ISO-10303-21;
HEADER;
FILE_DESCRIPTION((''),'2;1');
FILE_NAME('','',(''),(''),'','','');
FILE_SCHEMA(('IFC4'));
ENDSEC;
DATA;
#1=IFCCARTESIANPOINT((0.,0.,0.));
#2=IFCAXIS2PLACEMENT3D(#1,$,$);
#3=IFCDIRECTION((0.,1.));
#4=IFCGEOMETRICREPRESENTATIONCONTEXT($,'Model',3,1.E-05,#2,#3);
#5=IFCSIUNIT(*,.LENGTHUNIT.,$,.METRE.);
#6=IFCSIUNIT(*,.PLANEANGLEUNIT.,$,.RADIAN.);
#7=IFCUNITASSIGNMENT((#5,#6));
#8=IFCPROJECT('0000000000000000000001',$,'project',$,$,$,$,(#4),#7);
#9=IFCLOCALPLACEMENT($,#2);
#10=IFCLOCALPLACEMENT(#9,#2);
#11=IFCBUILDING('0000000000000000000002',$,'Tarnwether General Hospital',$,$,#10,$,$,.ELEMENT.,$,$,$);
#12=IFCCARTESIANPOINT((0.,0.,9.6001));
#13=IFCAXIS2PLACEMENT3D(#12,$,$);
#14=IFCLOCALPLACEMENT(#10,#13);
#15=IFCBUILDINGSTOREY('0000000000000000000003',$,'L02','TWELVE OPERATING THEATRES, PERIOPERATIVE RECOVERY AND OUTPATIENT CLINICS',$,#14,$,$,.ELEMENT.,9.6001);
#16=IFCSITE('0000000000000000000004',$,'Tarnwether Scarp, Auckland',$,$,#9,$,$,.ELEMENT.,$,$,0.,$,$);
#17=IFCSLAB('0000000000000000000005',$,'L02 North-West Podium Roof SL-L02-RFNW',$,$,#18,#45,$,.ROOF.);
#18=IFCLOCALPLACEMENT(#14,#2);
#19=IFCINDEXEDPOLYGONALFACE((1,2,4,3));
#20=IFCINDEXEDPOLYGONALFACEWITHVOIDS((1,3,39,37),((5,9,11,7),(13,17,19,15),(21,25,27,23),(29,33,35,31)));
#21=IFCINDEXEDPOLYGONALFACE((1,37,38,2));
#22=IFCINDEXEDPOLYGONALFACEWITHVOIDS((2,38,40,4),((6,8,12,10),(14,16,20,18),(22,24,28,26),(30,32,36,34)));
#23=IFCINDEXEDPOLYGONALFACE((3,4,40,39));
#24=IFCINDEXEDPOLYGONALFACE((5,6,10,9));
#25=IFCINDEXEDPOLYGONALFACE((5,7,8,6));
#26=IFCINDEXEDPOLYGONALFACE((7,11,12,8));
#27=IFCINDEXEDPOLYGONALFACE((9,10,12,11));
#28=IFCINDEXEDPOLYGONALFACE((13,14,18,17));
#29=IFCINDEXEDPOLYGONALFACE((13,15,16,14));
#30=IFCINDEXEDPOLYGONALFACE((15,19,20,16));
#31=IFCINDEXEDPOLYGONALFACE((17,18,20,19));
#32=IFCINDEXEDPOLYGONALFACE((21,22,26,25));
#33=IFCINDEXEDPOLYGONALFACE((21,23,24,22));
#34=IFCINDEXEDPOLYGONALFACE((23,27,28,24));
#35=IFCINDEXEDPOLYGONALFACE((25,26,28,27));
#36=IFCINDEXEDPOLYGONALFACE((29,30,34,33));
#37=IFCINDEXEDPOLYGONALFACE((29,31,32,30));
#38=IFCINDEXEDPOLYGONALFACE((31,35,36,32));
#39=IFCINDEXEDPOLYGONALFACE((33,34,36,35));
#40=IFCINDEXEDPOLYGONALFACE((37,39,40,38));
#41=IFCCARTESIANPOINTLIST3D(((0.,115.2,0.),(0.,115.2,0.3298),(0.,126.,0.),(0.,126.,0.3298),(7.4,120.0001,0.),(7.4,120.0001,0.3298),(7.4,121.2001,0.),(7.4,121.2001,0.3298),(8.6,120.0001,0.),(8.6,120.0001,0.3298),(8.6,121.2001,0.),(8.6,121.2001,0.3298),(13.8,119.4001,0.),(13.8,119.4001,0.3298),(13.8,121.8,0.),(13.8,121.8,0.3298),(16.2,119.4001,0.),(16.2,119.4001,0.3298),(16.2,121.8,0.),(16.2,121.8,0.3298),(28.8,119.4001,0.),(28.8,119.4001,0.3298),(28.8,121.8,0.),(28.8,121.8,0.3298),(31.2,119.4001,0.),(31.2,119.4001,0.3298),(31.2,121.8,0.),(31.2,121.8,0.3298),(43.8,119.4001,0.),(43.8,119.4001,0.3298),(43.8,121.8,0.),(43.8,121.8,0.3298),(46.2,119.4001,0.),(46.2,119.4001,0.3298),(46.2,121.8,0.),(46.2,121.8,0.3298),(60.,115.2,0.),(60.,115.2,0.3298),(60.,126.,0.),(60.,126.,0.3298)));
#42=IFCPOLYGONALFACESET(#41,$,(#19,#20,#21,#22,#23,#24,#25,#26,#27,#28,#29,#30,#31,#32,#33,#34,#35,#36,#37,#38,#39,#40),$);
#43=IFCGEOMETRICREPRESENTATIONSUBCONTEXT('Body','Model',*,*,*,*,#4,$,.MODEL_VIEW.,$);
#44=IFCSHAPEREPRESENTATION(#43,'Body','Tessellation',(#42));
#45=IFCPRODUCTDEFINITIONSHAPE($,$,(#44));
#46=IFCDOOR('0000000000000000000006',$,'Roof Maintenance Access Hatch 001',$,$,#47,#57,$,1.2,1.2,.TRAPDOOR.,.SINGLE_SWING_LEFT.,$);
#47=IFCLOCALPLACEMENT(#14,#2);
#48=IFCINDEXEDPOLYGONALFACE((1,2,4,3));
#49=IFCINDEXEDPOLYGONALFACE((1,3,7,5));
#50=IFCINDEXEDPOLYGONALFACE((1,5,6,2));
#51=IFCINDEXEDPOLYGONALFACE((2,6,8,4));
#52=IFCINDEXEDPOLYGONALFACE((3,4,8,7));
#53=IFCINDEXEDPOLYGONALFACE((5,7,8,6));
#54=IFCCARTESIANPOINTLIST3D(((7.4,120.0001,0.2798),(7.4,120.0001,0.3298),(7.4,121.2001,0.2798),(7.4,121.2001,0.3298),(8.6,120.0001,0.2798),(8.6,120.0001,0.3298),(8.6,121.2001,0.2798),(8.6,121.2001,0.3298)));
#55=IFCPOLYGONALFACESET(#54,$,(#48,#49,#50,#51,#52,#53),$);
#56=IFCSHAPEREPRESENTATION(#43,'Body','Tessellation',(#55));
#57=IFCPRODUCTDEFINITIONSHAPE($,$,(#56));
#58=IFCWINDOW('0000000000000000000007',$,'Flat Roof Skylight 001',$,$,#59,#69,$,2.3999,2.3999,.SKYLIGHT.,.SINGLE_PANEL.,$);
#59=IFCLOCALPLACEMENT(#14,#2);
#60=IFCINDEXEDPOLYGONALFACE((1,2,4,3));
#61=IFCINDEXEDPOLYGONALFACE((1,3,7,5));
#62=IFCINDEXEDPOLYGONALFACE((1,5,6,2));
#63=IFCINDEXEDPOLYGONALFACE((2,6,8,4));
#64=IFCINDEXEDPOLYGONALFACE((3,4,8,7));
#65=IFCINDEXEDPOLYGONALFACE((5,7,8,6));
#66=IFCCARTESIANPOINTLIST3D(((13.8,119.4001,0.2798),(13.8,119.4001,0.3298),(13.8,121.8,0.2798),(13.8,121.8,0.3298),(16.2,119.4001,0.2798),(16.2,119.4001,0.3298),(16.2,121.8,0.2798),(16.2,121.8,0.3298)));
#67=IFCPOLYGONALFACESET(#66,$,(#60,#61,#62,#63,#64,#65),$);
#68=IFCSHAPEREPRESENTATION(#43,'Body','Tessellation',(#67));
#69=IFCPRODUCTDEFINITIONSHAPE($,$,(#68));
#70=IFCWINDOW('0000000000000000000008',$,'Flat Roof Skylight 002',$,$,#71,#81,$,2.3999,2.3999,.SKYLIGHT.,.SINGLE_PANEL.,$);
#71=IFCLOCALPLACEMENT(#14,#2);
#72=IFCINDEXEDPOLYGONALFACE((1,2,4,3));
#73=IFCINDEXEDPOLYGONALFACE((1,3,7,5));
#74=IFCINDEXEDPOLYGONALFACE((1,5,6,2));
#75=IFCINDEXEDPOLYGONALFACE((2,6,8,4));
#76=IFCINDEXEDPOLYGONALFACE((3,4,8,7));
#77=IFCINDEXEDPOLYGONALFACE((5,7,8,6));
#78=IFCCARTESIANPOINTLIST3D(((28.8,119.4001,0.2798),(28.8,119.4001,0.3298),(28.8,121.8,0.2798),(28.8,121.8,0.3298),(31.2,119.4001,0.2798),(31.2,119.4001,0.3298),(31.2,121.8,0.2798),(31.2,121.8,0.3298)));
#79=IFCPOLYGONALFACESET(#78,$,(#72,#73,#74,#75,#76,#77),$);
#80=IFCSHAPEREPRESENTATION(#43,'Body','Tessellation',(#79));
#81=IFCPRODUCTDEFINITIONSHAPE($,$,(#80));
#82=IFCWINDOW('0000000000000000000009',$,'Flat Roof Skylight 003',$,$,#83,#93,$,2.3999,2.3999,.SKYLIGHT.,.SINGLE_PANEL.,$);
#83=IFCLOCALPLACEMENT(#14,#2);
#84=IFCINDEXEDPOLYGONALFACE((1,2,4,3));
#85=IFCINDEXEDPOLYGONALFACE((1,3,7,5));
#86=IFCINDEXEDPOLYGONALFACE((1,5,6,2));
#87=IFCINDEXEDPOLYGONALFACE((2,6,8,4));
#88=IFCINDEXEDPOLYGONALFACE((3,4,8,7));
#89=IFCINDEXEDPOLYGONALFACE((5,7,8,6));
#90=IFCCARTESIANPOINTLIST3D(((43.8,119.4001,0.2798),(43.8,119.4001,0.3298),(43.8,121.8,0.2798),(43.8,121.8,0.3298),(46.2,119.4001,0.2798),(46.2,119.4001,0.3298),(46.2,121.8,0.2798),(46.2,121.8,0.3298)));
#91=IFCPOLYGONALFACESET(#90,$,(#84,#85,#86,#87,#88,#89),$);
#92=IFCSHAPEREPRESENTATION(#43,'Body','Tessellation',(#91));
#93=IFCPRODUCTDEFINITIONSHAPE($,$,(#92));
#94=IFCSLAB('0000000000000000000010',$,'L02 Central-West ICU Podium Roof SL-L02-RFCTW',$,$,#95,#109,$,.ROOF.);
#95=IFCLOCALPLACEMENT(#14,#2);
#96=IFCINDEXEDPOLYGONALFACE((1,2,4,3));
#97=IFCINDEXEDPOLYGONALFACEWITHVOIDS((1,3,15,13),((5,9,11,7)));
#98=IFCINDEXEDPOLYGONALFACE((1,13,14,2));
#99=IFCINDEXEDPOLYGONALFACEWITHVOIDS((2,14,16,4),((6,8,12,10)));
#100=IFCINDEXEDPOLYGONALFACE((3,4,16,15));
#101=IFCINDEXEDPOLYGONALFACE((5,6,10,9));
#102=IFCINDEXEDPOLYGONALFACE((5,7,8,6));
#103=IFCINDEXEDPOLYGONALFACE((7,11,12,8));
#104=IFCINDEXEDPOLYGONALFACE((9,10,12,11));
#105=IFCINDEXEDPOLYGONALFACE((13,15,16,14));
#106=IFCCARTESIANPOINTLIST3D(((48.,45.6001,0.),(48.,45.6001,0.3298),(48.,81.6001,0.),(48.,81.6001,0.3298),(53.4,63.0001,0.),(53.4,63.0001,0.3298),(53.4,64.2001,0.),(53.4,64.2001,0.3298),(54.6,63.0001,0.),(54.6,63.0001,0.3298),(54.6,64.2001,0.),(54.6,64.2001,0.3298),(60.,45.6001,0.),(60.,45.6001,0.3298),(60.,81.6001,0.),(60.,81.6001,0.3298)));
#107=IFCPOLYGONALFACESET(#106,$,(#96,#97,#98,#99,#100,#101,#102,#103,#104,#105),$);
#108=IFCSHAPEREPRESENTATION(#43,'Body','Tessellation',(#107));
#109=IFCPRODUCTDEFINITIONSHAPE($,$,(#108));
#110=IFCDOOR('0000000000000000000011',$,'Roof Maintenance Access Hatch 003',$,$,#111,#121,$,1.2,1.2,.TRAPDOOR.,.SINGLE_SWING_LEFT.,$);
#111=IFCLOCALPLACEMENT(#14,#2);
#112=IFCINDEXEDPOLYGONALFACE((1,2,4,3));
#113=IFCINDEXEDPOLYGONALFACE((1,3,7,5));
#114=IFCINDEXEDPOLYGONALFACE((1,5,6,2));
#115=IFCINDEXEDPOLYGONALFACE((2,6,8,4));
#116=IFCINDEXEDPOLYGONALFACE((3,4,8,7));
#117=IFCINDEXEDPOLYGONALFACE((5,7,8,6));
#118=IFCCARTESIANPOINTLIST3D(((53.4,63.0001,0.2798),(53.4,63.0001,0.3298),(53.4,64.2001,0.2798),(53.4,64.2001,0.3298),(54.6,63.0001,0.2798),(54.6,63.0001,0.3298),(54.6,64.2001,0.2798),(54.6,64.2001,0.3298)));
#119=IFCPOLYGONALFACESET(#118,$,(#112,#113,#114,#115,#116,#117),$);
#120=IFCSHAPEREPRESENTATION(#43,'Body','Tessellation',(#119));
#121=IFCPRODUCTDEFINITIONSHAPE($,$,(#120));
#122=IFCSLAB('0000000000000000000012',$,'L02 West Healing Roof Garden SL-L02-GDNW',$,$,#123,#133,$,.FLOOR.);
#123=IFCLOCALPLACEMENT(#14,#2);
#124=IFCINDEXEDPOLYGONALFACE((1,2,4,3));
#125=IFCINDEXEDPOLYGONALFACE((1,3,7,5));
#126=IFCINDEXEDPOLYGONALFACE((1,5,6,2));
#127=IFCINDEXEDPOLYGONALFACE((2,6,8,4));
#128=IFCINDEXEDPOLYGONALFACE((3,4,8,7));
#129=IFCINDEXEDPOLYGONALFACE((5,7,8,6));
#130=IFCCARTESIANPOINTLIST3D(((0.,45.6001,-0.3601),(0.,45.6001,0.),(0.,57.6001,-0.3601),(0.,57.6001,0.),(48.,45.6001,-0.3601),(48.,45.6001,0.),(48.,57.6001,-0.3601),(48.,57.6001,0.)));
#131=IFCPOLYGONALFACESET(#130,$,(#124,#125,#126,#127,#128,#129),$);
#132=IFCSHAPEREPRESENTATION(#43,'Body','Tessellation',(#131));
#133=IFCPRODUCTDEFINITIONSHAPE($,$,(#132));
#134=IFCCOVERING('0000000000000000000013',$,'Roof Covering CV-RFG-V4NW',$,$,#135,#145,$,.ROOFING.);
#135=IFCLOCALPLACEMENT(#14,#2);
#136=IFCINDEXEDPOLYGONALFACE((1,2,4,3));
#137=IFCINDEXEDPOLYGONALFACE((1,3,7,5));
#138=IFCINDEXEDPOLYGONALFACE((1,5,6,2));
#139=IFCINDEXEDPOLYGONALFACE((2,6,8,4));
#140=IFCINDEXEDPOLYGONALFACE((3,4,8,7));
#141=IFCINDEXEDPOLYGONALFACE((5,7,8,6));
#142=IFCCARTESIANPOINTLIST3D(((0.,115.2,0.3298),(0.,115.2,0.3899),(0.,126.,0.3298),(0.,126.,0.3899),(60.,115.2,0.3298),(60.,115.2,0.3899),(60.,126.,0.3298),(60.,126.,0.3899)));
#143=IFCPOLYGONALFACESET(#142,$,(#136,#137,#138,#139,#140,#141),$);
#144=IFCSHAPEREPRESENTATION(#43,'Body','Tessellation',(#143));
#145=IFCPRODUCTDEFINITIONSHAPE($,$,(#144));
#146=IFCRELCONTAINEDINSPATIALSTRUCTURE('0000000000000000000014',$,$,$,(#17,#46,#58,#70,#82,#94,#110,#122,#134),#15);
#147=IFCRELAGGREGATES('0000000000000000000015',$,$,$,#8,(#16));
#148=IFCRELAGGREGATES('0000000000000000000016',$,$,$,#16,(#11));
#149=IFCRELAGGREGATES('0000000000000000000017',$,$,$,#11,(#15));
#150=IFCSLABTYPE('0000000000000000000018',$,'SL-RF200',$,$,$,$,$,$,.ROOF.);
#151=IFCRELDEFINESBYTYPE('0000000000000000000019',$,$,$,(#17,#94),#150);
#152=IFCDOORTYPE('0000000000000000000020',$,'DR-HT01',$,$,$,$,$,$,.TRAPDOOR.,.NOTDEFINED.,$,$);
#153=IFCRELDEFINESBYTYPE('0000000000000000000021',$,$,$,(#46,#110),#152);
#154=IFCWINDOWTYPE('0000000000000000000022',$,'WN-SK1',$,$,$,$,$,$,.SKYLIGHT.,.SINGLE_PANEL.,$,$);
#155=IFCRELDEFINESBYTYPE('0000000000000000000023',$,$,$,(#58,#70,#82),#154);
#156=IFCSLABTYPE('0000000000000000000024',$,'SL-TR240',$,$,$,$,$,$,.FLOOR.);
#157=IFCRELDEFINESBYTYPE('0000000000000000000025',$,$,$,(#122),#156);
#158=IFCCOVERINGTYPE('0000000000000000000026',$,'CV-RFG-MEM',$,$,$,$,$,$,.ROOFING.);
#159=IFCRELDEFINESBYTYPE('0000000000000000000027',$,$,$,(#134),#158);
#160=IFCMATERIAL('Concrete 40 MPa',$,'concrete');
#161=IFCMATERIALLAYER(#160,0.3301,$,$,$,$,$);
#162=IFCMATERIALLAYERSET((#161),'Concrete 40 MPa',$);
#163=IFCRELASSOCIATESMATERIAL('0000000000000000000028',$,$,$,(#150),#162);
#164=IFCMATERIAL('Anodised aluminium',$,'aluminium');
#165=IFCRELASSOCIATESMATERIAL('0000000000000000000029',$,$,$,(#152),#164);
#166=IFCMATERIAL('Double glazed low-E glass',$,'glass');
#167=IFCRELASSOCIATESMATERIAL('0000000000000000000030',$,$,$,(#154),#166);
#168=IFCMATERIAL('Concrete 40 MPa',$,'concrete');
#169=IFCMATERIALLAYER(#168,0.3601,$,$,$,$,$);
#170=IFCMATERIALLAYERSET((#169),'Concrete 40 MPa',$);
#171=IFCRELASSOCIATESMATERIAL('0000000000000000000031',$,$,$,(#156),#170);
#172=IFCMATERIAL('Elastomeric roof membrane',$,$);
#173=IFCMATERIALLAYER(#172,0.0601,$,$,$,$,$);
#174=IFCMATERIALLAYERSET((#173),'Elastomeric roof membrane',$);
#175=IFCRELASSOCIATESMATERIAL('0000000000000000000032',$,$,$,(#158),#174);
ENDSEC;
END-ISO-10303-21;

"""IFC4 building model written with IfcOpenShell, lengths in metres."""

from ifc_helpers import new_model, si_unit, direction, frame, origin, origin_2d, place, context, subcontext, project, spatial, polyline, rectangle, outline, extrude, material, layer, layer_set, type_object, element, fill, save


model = new_model("IFC4")

# Units and contexts
model_context = context("Model", 3, precision=1e-05, world=origin(), true_north=direction((0.0, 1.0)))
body_context = subcontext(model_context, "Body", "Model", "MODEL_VIEW")
ifc_project = project(units=[si_unit("LENGTHUNIT", "METRE"), si_unit("PLANEANGLEUNIT", "RADIAN")], contexts=[model_context])

# Site, building, storey
site_placement = place(None, origin())
site = spatial("IfcSite", under=ifc_project, at=site_placement, Name="Tarnwether Scarp, Auckland", CompositionType="ELEMENT", RefElevation=0.0)
building_placement = place(site_placement, origin())
building = spatial("IfcBuilding", under=site, at=building_placement, Name="Tarnwether General Hospital", CompositionType="ELEMENT")
storey_placement = place(building_placement, frame((0.0, 0.0, 9.6001)))
storey = spatial("IfcBuildingStorey", under=building, at=storey_placement, Name="L02", Description="TWELVE OPERATING THEATRES, PERIOPERATIVE RECOVERY AND OUTPATIENT CLINICS", CompositionType="ELEMENT", Elevation=9.6001)

# Slab, openings, door, windows
ifc_material_1 = material(Name="Concrete 40 MPa", Category="concrete")
ifc_layer_1 = layer(ifc_material_1, 0.3301)
ifc_layer_set_1 = layer_set([ifc_layer_1], Name="Concrete 40 MPa")
slab_type_1 = type_object("IfcSlabType", Name="SL-RF200", PredefinedType="ROOF", material=ifc_layer_set_1)
slab_1_placement = place(storey_placement, origin())
slab_1 = element("IfcSlab", 1, at=slab_1_placement, inside=storey, type_object=slab_type_1, Name="L02 North-West Podium Roof SL-L02-RFNW", PredefinedType="ROOF", context=body_context, shape_type="SweptSolid", body=[
    extrude(outline(polyline([(60.0, 115.2), (60.0, 126.0), (0.0, 126.0), (0.0, 115.2), (60.0, 115.2)])), origin(), (0.0, 0.0, 1.0), 0.3298),
])
opening_1_placement = place(slab_1_placement, frame((15.0, 120.6001, 0.0)))
opening_1 = element("IfcOpeningElement", 2, at=opening_1_placement, cuts=slab_1, PredefinedType="OPENING", context=body_context, shape_type="SweptSolid", body=[
    extrude(rectangle(XDim=2.3999, YDim=2.3999, at=origin_2d()), origin(), (0.0, 0.0, 1.0), 0.3298),
])
opening_2_placement = place(slab_1_placement, frame((30.0, 120.6001, 0.0)))
opening_2 = element("IfcOpeningElement", 3, at=opening_2_placement, cuts=slab_1, PredefinedType="OPENING", context=body_context, shape_type="SweptSolid", body=[
    extrude(rectangle(XDim=2.3999, YDim=2.3999, at=origin_2d()), origin(), (0.0, 0.0, 1.0), 0.3298),
])
opening_3_placement = place(slab_1_placement, frame((45.0, 120.6001, 0.0)))
opening_3 = element("IfcOpeningElement", 4, at=opening_3_placement, cuts=slab_1, PredefinedType="OPENING", context=body_context, shape_type="SweptSolid", body=[
    extrude(rectangle(XDim=2.3999, YDim=2.3999, at=origin_2d()), origin(), (0.0, 0.0, 1.0), 0.3298),
])
opening_4_placement = place(slab_1_placement, frame((8.0, 120.6001, 0.0)))
opening_4 = element("IfcOpeningElement", 5, at=opening_4_placement, cuts=slab_1, PredefinedType="OPENING", context=body_context, shape_type="SweptSolid", body=[
    extrude(rectangle(XDim=1.2, YDim=1.2, at=origin_2d()), origin(), (0.0, 0.0, 1.0), 0.3298),
])
ifc_material_2 = material(Name="Anodised aluminium", Category="aluminium")
door_type = type_object("IfcDoorType", Name="DR-HT01", OperationType="NOTDEFINED", PredefinedType="TRAPDOOR", material=ifc_material_2)
door_1_placement = place(opening_4_placement, frame((0.0, 0.0, 0.2798)))
door_1 = element("IfcDoor", 6, at=door_1_placement, inside=storey, type_object=door_type, Name="Roof Maintenance Access Hatch 001", OperationType="SINGLE_SWING_LEFT", OverallHeight=1.2, OverallWidth=1.2, PredefinedType="TRAPDOOR", context=body_context, shape_type="SweptSolid", body=[
    extrude(rectangle(XDim=1.2, YDim=1.2, at=origin_2d()), origin(), (0.0, 0.0, 1.0), 0.05),
])
fill(opening_4, door_1)
ifc_material_3 = material(Name="Double glazed low-E glass", Category="glass")
window_type = type_object("IfcWindowType", Name="WN-SK1", PartitioningType="SINGLE_PANEL", PredefinedType="SKYLIGHT", material=ifc_material_3)
window_1_placement = place(opening_1_placement, frame((0.0, 0.0, 0.2798)))
window_1 = element("IfcWindow", 7, at=window_1_placement, inside=storey, type_object=window_type, Name="Flat Roof Skylight 001", OverallHeight=2.3999, OverallWidth=2.3999, PartitioningType="SINGLE_PANEL", PredefinedType="SKYLIGHT", context=body_context, shape_type="SweptSolid", body=[
    extrude(rectangle(XDim=2.3999, YDim=2.3999, at=origin_2d()), origin(), (0.0, 0.0, 1.0), 0.05),
])
fill(opening_1, window_1)
window_2_placement = place(opening_2_placement, frame((0.0, 0.0, 0.2798)))
window_2 = element("IfcWindow", 8, at=window_2_placement, inside=storey, type_object=window_type, Name="Flat Roof Skylight 002", OverallHeight=2.3999, OverallWidth=2.3999, PartitioningType="SINGLE_PANEL", PredefinedType="SKYLIGHT", context=body_context, shape_type="SweptSolid", body=[
    extrude(rectangle(XDim=2.3999, YDim=2.3999, at=origin_2d()), origin(), (0.0, 0.0, 1.0), 0.05),
])
fill(opening_2, window_2)
window_3_placement = place(opening_3_placement, frame((0.0, 0.0, 0.2798)))
window_3 = element("IfcWindow", 9, at=window_3_placement, inside=storey, type_object=window_type, Name="Flat Roof Skylight 003", OverallHeight=2.3999, OverallWidth=2.3999, PartitioningType="SINGLE_PANEL", PredefinedType="SKYLIGHT", context=body_context, shape_type="SweptSolid", body=[
    extrude(rectangle(XDim=2.3999, YDim=2.3999, at=origin_2d()), origin(), (0.0, 0.0, 1.0), 0.05),
])
fill(opening_3, window_3)

# Slab, opening, door
slab_2_placement = place(storey_placement, origin())
slab_2 = element("IfcSlab", 10, at=slab_2_placement, inside=storey, type_object=slab_type_1, Name="L02 Central-West ICU Podium Roof SL-L02-RFCTW", PredefinedType="ROOF", context=body_context, shape_type="SweptSolid", body=[
    extrude(outline(polyline([(60.0, 45.6001), (60.0, 81.6001), (48.0, 81.6001), (48.0, 45.6001), (60.0, 45.6001)])), origin(), (0.0, 0.0, 1.0), 0.3298),
])
opening_5_placement = place(slab_2_placement, frame((54.0, 63.6001, 0.0)))
opening_5 = element("IfcOpeningElement", 11, at=opening_5_placement, cuts=slab_2, PredefinedType="OPENING", context=body_context, shape_type="SweptSolid", body=[
    extrude(rectangle(XDim=1.2, YDim=1.2, at=origin_2d()), origin(), (0.0, 0.0, 1.0), 0.3298),
])
door_2_placement = place(opening_5_placement, frame((0.0, 0.0, 0.2798)))
door_2 = element("IfcDoor", 12, at=door_2_placement, inside=storey, type_object=door_type, Name="Roof Maintenance Access Hatch 003", OperationType="SINGLE_SWING_LEFT", OverallHeight=1.2, OverallWidth=1.2, PredefinedType="TRAPDOOR", context=body_context, shape_type="SweptSolid", body=[
    extrude(rectangle(XDim=1.2, YDim=1.2, at=origin_2d()), origin(), (0.0, 0.0, 1.0), 0.05),
])
fill(opening_5, door_2)

# Slab
ifc_material_4 = material(Name="Concrete 40 MPa", Category="concrete")
ifc_layer_2 = layer(ifc_material_4, 0.3601)
ifc_layer_set_2 = layer_set([ifc_layer_2], Name="Concrete 40 MPa")
slab_type_2 = type_object("IfcSlabType", Name="SL-TR240", PredefinedType="FLOOR", material=ifc_layer_set_2)
slab_3_placement = place(storey_placement, frame((0.0, 0.0, -0.3601)))
element("IfcSlab", 13, at=slab_3_placement, inside=storey, type_object=slab_type_2, Name="L02 West Healing Roof Garden SL-L02-GDNW", PredefinedType="FLOOR", context=body_context, shape_type="SweptSolid", body=[
    extrude(outline(polyline([(48.0, 45.6001), (48.0, 57.6001), (0.0, 57.6001), (0.0, 45.6001), (48.0, 45.6001)])), origin(), (0.0, 0.0, 1.0), 0.3601),
])

# Covering
ifc_material_5 = material(Name="Elastomeric roof membrane")
ifc_layer_3 = layer(ifc_material_5, 0.0601)
ifc_layer_set_3 = layer_set([ifc_layer_3], Name="Elastomeric roof membrane")
covering_type = type_object("IfcCoveringType", Name="CV-RFG-MEM", PredefinedType="ROOFING", material=ifc_layer_set_3)
covering_placement = place(storey_placement, frame((0.0, 0.0, 0.3298)))
element("IfcCovering", 14, at=covering_placement, inside=storey, type_object=covering_type, Name="Roof Covering CV-RFG-V4NW", PredefinedType="ROOFING", context=body_context, shape_type="SweptSolid", body=[
    extrude(outline(polyline([(60.0, 115.2), (60.0, 126.0), (0.0, 126.0), (0.0, 115.2), (60.0, 115.2)])), origin(), (0.0, 0.0, 1.0), 0.0601),
])

save(model, "model.ifc")
